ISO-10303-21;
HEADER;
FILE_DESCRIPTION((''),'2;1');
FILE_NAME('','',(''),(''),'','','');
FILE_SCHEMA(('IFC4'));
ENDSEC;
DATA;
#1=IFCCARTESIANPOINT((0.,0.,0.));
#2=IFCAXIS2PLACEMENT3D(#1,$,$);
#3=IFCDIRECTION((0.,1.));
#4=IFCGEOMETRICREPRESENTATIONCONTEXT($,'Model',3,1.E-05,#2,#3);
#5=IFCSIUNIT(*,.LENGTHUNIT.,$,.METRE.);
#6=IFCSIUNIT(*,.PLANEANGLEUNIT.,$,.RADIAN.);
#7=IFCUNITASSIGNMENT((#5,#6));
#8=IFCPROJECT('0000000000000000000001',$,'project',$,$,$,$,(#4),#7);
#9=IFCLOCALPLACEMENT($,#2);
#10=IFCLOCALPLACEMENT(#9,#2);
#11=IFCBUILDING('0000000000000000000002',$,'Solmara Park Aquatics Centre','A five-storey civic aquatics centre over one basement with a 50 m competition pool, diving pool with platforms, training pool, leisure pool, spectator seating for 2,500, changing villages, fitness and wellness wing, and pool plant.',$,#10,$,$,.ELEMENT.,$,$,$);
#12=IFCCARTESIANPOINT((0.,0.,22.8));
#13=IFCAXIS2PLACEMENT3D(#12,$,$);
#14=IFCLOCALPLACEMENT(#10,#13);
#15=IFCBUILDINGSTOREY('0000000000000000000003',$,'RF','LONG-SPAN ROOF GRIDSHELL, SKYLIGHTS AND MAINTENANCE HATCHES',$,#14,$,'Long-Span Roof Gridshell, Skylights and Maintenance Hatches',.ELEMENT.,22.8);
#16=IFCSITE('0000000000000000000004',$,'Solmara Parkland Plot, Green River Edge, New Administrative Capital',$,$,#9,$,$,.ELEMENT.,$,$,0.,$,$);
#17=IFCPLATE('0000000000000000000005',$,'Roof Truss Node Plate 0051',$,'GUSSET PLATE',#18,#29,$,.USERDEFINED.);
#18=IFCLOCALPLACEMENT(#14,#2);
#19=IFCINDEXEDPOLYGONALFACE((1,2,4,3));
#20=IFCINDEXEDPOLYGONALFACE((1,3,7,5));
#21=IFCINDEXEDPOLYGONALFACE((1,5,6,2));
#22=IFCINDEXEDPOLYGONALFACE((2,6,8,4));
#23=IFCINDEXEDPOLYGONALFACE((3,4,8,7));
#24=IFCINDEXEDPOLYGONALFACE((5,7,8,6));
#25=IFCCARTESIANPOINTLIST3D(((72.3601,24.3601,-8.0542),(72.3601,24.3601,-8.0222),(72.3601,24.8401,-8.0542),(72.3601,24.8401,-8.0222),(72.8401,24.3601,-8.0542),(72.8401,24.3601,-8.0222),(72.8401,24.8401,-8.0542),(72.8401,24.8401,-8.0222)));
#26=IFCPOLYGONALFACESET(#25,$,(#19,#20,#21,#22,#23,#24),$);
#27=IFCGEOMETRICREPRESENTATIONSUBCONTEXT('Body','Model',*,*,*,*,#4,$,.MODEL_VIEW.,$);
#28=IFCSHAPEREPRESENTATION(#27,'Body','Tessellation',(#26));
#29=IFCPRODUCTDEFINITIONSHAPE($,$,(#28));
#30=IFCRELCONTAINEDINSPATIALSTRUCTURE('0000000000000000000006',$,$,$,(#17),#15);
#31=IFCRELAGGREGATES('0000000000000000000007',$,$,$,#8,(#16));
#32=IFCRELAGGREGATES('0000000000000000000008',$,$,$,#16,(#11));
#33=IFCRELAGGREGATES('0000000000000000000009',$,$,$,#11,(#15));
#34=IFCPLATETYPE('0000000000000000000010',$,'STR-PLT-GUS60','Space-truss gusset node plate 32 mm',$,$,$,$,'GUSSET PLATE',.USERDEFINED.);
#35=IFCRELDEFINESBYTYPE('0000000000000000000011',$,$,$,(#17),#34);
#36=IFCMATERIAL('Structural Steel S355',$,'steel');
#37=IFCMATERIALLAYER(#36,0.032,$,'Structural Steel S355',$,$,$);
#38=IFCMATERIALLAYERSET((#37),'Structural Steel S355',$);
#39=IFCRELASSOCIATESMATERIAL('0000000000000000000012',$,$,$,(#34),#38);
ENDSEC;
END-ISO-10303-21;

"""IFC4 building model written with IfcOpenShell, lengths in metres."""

from ifc_helpers import new_model, si_unit, direction, frame, origin, origin_2d, place, context, subcontext, project, spatial, rectangle, extrude, material, layer, layer_set, type_object, element, save


model = new_model("IFC4")

# Units and contexts
model_context = context("Model", 3, precision=1e-05, world=origin(), true_north=direction((0.0, 1.0)))
body_context = subcontext(model_context, "Body", "Model", "MODEL_VIEW")
ifc_project = project(units=[si_unit("LENGTHUNIT", "METRE"), si_unit("PLANEANGLEUNIT", "RADIAN")], contexts=[model_context])

# Site, building, storey
site_placement = place(None, origin())
site = spatial("IfcSite", under=ifc_project, at=site_placement, Name="Solmara Parkland Plot, Green River Edge, New Administrative Capital", CompositionType="ELEMENT", RefElevation=0.0)
building_placement = place(site_placement, origin())
building = spatial("IfcBuilding", under=site, at=building_placement, Name="Solmara Park Aquatics Centre", Description="A five-storey civic aquatics centre over one basement with a 50 m competition pool, diving pool with platforms, training pool, leisure pool, spectator seating for 2,500, changing villages, fitness and wellness wing, and pool plant.", CompositionType="ELEMENT")
storey_placement = place(building_placement, frame((0.0, 0.0, 22.8)))
storey = spatial("IfcBuildingStorey", under=building, at=storey_placement, Name="RF", Description="LONG-SPAN ROOF GRIDSHELL, SKYLIGHTS AND MAINTENANCE HATCHES", LongName="Long-Span Roof Gridshell, Skylights and Maintenance Hatches", CompositionType="ELEMENT", Elevation=22.8)

# Shared definitions
ifc_material_1 = material(Name="Structural Steel S355", Category="steel")

# Plate
ifc_layer = layer(ifc_material_1, 0.032, Name="Structural Steel S355")
ifc_layer_set = layer_set([ifc_layer], Name="Structural Steel S355")
plate_type = type_object("IfcPlateType", Name="STR-PLT-GUS60", Description="Space-truss gusset node plate 32 mm", ElementType="GUSSET PLATE", PredefinedType="USERDEFINED", material=ifc_layer_set)
plate_placement = place(storey_placement, frame((72.6001, 24.6001, -8.0542), z_axis=(0.0, 0.0, 1.0), x_axis=(1.0, 0.0, 0.0)))
element("IfcPlate", 1, at=plate_placement, inside=storey, type_object=plate_type, Name="Roof Truss Node Plate 0051", ObjectType="GUSSET PLATE", PredefinedType="USERDEFINED", context=body_context, shape_type="SweptSolid", body=[
    extrude(rectangle(XDim=0.48, YDim=0.48, at=origin_2d()), origin(), (0.0, 0.0, 1.0), 0.032),
])

save(model, "model.ifc")
